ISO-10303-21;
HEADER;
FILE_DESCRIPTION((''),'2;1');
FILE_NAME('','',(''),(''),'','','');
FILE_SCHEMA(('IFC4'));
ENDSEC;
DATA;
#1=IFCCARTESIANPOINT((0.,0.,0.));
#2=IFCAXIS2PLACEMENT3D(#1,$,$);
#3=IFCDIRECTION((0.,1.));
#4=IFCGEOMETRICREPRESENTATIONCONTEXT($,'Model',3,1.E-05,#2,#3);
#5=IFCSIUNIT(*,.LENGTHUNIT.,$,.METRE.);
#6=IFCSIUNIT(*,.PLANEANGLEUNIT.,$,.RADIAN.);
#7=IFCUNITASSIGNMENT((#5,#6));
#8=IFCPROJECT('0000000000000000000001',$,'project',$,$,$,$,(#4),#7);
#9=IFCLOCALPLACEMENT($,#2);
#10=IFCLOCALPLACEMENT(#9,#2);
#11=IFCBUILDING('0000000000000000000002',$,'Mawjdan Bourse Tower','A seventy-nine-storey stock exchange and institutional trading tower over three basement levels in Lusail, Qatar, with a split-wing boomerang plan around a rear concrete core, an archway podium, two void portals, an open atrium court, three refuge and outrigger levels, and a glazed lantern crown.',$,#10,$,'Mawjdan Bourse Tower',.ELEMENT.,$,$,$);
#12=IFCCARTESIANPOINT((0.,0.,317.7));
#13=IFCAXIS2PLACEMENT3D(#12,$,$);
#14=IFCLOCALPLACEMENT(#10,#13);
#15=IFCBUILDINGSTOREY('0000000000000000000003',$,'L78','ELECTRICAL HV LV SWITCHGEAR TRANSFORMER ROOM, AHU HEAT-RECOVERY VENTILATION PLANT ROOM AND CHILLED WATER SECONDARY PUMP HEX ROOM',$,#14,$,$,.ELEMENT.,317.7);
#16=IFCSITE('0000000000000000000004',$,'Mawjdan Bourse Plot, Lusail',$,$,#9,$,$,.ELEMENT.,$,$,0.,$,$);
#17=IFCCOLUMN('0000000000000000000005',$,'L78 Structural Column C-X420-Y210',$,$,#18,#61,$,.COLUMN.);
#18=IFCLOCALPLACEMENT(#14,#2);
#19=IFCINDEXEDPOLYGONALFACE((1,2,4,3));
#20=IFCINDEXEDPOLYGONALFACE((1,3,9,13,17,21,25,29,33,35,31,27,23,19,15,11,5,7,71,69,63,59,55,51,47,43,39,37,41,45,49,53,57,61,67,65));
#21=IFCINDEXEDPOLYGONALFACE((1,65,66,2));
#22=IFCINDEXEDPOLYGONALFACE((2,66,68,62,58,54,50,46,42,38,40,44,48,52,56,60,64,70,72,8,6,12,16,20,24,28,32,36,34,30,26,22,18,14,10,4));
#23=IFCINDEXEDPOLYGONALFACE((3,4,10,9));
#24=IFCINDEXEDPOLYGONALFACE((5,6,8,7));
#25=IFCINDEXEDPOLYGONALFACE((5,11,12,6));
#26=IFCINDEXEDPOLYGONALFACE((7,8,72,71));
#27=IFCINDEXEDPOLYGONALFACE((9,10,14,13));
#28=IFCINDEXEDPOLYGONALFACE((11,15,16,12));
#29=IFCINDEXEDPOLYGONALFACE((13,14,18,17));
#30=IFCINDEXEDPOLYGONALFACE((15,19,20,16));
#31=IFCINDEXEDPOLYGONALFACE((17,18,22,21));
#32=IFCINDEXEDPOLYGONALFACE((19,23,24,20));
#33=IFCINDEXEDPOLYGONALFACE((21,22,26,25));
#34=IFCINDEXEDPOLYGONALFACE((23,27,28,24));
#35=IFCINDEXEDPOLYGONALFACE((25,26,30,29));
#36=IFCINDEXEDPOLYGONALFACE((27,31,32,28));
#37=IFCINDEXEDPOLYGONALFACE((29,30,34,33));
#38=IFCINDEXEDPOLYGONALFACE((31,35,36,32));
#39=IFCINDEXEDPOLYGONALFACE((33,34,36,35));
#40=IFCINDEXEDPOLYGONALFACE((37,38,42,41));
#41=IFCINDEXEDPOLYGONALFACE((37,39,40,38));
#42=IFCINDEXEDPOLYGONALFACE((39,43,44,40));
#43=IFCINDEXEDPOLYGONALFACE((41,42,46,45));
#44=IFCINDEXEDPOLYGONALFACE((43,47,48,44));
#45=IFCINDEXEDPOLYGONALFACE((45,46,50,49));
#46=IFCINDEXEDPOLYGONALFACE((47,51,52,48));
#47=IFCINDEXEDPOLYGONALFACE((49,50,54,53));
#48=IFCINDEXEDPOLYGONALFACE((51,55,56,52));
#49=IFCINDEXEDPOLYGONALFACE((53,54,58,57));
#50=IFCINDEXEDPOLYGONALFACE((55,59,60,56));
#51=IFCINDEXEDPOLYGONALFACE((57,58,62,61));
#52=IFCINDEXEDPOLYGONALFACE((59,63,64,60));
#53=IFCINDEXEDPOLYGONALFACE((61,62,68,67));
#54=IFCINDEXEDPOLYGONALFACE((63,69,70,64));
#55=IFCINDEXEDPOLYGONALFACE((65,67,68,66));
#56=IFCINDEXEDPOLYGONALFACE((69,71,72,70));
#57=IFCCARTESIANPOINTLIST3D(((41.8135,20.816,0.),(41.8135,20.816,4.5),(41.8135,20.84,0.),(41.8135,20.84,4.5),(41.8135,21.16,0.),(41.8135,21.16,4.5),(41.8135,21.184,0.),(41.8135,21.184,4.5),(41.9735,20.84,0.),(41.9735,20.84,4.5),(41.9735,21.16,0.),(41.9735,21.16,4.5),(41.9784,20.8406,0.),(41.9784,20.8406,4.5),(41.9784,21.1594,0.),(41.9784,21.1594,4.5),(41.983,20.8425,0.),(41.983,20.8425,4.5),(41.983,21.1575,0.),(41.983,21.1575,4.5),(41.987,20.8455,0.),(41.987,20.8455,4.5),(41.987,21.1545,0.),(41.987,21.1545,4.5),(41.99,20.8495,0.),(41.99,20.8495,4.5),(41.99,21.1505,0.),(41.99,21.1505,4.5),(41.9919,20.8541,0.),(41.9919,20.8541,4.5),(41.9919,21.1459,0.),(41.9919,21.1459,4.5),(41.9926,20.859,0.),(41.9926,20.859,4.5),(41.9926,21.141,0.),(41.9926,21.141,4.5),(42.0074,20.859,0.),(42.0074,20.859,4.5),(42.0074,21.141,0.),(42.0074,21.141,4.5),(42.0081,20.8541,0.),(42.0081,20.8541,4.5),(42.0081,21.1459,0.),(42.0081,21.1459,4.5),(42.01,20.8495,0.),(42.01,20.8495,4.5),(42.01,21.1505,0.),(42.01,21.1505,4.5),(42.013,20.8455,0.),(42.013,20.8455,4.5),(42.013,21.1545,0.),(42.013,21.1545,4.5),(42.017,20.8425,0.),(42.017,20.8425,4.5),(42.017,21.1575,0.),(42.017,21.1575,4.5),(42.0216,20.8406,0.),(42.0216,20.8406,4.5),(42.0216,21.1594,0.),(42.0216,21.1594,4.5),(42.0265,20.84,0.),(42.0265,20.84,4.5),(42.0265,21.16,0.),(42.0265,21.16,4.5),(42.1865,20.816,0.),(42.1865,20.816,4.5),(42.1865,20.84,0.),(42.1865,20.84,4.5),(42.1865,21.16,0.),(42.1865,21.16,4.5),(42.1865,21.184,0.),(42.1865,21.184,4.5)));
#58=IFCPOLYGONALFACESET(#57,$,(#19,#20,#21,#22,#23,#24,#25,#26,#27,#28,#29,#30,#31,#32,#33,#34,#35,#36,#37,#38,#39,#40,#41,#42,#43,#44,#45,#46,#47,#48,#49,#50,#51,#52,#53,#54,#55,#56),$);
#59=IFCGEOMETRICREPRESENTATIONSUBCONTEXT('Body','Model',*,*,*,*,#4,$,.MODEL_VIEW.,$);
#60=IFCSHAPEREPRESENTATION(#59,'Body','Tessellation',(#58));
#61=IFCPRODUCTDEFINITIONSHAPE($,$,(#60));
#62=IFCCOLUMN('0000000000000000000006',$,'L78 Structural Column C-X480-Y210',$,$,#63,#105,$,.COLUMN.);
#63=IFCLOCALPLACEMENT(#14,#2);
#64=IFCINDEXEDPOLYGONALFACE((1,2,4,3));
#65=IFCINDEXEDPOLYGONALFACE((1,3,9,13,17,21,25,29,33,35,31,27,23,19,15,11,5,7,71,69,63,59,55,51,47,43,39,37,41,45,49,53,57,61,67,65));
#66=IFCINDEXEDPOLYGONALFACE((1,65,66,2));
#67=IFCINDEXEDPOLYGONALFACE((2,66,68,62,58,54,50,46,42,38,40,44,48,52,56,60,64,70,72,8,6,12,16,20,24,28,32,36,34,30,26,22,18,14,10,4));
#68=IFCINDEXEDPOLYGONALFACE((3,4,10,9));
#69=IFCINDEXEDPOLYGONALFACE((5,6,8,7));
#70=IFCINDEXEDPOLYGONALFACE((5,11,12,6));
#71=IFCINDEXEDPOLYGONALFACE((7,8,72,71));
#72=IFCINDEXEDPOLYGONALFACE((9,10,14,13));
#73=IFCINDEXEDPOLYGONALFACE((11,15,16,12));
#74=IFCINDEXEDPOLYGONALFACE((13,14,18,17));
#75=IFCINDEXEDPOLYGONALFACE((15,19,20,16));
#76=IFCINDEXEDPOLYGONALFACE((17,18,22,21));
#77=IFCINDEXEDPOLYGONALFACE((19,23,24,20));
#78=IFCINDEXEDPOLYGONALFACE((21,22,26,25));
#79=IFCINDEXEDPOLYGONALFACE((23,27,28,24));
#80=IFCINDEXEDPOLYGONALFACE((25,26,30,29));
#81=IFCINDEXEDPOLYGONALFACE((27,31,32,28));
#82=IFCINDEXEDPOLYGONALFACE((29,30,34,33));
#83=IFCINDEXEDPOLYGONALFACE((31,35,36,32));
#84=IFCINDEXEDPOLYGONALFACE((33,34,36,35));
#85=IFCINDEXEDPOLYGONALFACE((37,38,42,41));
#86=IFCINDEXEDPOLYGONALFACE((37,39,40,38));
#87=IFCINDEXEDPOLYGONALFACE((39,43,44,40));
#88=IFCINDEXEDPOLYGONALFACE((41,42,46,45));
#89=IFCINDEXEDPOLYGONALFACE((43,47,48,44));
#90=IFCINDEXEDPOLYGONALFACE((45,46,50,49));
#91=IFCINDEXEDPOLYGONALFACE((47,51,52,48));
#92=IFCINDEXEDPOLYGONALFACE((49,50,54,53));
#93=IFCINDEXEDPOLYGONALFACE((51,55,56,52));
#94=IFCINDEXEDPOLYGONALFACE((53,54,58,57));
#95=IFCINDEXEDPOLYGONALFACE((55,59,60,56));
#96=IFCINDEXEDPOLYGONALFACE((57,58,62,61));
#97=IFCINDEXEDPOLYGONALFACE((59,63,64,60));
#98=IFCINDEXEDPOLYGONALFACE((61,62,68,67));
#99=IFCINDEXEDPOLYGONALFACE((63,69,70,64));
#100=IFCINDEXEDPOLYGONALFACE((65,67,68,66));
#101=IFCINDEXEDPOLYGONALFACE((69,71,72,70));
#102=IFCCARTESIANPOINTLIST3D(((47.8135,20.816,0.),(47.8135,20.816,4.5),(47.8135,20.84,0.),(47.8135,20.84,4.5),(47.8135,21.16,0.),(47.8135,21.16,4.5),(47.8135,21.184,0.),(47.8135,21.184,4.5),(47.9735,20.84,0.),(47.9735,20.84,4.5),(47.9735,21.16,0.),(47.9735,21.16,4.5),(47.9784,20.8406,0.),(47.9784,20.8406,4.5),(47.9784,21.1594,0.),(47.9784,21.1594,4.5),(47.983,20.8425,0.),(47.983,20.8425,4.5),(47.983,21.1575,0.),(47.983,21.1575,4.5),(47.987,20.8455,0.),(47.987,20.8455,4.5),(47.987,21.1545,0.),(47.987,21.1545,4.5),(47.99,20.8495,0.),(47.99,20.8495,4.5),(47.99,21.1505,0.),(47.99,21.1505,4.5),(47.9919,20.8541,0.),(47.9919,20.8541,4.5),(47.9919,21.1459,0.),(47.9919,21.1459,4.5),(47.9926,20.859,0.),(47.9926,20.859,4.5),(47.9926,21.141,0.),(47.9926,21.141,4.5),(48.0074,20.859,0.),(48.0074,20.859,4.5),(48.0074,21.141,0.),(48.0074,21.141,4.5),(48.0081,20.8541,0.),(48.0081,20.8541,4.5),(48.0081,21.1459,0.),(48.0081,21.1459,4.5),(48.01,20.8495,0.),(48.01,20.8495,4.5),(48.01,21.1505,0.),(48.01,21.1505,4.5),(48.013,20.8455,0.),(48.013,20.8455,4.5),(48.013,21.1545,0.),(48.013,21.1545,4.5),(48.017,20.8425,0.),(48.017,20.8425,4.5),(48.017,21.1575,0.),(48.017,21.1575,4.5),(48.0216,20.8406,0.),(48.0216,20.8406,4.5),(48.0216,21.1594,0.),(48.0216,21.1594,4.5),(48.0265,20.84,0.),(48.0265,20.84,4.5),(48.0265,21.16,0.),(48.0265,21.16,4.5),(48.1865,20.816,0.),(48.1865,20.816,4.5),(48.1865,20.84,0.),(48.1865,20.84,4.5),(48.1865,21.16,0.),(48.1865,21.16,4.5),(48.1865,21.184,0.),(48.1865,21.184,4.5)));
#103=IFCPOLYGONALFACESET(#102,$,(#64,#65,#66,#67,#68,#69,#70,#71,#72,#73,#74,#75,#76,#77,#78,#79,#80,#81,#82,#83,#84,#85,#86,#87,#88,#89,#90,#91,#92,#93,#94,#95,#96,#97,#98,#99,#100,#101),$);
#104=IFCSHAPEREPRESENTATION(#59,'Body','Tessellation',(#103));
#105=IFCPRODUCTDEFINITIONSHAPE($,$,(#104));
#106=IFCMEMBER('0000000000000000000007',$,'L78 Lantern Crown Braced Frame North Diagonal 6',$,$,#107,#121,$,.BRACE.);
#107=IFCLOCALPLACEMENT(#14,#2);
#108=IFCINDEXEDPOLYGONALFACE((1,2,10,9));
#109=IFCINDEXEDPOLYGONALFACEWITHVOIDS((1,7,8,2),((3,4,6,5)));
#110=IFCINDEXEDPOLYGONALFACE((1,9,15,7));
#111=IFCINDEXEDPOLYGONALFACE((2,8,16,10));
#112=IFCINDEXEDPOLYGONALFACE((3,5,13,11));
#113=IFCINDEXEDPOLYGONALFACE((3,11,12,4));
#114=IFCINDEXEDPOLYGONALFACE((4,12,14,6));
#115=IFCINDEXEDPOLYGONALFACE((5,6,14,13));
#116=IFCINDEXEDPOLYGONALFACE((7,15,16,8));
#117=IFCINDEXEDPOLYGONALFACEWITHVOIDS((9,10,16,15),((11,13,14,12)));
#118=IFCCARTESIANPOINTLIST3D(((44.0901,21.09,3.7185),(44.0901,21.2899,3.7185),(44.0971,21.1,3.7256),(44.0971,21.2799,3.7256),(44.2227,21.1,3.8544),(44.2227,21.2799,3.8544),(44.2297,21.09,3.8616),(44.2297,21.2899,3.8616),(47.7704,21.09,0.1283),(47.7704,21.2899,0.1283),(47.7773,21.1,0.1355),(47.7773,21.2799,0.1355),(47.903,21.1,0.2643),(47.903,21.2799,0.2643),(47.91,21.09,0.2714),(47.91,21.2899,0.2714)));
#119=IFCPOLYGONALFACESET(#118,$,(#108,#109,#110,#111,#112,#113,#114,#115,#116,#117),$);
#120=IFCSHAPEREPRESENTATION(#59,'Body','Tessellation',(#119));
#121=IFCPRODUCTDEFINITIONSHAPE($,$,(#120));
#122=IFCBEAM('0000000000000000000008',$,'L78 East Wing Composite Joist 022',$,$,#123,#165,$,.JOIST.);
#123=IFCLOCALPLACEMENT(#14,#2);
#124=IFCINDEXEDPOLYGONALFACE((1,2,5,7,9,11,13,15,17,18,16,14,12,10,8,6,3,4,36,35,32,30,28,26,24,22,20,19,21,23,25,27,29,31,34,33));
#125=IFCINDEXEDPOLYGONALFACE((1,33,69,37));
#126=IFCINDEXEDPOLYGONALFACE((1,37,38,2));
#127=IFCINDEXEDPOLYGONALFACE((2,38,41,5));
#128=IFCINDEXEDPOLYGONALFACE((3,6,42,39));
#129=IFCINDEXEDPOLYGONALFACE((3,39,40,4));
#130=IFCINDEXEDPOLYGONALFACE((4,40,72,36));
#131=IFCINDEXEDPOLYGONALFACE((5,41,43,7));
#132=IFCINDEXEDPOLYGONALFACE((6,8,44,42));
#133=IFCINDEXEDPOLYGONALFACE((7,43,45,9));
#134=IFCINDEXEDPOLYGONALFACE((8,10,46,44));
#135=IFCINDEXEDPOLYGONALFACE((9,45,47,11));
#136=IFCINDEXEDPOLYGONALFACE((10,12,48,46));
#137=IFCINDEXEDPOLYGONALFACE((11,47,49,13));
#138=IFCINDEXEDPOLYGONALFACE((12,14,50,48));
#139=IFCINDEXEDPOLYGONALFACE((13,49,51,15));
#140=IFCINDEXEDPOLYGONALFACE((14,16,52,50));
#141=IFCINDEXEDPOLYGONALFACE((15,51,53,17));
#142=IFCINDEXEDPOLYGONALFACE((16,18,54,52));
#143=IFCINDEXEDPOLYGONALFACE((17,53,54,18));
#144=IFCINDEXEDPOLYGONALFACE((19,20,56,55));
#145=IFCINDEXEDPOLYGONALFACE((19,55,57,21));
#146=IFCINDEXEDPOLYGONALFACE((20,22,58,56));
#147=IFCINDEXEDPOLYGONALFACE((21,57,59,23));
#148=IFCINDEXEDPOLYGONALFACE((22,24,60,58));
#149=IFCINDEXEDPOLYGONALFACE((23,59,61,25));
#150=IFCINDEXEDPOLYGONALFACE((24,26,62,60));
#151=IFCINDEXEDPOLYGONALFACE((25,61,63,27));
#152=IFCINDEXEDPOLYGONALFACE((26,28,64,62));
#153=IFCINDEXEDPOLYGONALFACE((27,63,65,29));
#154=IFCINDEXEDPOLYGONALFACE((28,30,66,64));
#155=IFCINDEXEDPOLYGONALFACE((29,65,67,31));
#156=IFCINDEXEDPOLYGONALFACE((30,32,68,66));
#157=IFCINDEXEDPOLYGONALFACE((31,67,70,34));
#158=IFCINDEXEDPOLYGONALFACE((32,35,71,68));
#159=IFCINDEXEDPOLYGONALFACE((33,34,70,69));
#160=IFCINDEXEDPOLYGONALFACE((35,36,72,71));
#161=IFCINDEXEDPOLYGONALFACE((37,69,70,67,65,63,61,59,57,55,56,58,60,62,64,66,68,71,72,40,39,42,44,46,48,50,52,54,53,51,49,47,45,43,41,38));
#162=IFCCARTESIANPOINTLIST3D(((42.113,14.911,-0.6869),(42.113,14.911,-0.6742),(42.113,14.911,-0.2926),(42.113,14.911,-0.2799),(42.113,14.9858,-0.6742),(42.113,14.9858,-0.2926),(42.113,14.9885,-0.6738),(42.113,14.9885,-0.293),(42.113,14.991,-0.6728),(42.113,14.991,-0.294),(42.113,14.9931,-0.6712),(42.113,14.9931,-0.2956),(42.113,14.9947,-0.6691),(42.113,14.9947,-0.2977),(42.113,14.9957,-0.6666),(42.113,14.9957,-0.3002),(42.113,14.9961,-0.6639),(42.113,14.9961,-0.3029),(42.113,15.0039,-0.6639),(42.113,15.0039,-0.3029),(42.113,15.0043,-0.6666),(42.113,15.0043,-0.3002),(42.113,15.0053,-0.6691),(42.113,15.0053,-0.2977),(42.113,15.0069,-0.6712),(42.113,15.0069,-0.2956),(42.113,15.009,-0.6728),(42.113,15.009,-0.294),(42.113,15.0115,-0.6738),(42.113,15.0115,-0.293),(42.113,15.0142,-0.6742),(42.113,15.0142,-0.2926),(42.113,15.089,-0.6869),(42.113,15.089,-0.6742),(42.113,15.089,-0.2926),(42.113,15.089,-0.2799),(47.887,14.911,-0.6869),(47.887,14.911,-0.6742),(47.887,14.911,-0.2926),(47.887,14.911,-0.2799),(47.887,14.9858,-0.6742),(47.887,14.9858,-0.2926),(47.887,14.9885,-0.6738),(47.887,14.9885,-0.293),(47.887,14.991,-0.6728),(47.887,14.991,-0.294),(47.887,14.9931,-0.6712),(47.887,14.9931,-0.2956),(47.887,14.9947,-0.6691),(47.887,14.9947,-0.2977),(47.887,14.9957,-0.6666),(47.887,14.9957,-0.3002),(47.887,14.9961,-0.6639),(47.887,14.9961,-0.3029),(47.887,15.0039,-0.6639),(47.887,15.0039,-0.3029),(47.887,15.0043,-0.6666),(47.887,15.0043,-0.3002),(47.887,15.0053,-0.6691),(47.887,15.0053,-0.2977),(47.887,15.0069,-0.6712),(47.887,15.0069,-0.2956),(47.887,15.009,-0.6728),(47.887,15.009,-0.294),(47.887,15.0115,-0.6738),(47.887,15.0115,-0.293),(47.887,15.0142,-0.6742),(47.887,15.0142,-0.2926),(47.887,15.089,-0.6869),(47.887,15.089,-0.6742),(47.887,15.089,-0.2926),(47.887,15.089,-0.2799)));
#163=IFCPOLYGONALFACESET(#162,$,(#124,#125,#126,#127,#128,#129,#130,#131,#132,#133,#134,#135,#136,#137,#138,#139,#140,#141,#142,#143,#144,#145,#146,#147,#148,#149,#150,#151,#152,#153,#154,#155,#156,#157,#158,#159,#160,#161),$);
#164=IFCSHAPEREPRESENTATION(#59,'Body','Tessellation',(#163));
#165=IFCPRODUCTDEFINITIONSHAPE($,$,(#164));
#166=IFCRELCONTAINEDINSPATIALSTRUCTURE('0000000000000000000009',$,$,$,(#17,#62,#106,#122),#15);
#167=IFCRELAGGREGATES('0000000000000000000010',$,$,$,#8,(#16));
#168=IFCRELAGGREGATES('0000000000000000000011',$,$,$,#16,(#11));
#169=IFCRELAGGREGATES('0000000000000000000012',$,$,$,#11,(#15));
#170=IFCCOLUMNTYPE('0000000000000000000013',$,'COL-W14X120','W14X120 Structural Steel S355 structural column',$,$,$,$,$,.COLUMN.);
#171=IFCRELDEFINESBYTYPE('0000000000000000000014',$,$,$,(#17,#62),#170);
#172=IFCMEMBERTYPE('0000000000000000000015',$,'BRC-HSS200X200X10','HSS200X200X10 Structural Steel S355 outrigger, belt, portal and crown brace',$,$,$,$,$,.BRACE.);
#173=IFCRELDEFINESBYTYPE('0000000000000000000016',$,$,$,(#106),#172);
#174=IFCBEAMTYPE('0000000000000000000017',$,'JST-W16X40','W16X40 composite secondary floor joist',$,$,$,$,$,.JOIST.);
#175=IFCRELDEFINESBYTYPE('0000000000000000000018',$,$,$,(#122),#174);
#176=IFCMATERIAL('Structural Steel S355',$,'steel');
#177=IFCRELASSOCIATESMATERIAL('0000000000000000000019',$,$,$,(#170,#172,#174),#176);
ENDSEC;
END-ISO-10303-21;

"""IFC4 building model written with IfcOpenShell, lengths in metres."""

from ifc_helpers import new_model, si_unit, direction, frame, origin, origin_2d, place, context, subcontext, project, spatial, hollow_rectangle, i_section, extrude, material, material_profile, profile_set, type_object, element, save


model = new_model("IFC4")

# Units and contexts
model_context = context("Model", 3, precision=1e-05, world=origin(), true_north=direction((0.0, 1.0)))
body_context = subcontext(model_context, "Body", "Model", "MODEL_VIEW")
ifc_project = project(units=[si_unit("LENGTHUNIT", "METRE"), si_unit("PLANEANGLEUNIT", "RADIAN")], contexts=[model_context])

# Site, building, storey
site_placement = place(None, origin())
site = spatial("IfcSite", under=ifc_project, at=site_placement, Name="Mawjdan Bourse Plot, Lusail", CompositionType="ELEMENT", RefElevation=0.0)
building_placement = place(site_placement, origin())
building = spatial("IfcBuilding", under=site, at=building_placement, Name="Mawjdan Bourse Tower", Description="A seventy-nine-storey stock exchange and institutional trading tower over three basement levels in Lusail, Qatar, with a split-wing boomerang plan around a rear concrete core, an archway podium, two void portals, an open atrium court, three refuge and outrigger levels, and a glazed lantern crown.", LongName="Mawjdan Bourse Tower", CompositionType="ELEMENT")
storey_placement = place(building_placement, frame((0.0, 0.0, 317.7)))
storey = spatial("IfcBuildingStorey", under=building, at=storey_placement, Name="L78", Description="ELECTRICAL HV LV SWITCHGEAR TRANSFORMER ROOM, AHU HEAT-RECOVERY VENTILATION PLANT ROOM AND CHILLED WATER SECONDARY PUMP HEX ROOM", CompositionType="ELEMENT", Elevation=317.7)

# Columns
ifc_material_1 = material(Name="Structural Steel S355", Category="steel")
ifc_material_profile_1 = material_profile(ifc_material_1, i_section(OverallWidth=0.373, OverallDepth=0.3679, WebThickness=0.0149, FlangeThickness=0.0239, FilletRadius=0.019, at=origin_2d()), Name="W14X120")
ifc_profile_set_1 = profile_set([ifc_material_profile_1], Name="Structural Steel S355")
column_type = type_object("IfcColumnType", Name="COL-W14X120", Description="W14X120 Structural Steel S355 structural column", PredefinedType="COLUMN", material=ifc_profile_set_1)
for number, where, z_axis, x_axis, name in (
    (1, (42.0, 21.0, 0.0), (0.0, 0.0, 1.0), (1.0, 0.0, 0.0), "L78 Structural Column C-X420-Y210"),
    (2, (48.0, 21.0, 0.0), (0.0, 0.0, 1.0), (1.0, 0.0, 0.0), "L78 Structural Column C-X480-Y210"),
):
    element("IfcColumn", number, at=place(storey_placement, frame(where, z_axis=z_axis, x_axis=x_axis)), inside=storey, type_object=column_type, Name=name, PredefinedType="COLUMN", context=body_context, shape_type="SweptSolid", body=[
        extrude(i_section(OverallWidth=0.373, OverallDepth=0.3679, WebThickness=0.0149, FlangeThickness=0.0239, FilletRadius=0.019, at=origin_2d()), origin(), (0.0, 0.0, 1.0), 4.5),
    ])

# Member
ifc_material_profile_2 = material_profile(ifc_material_1, hollow_rectangle(XDim=0.2, YDim=0.2, WallThickness=0.01, at=origin_2d()), Name="HSS200X200X10")
ifc_profile_set_2 = profile_set([ifc_material_profile_2], Name="Structural Steel S355")
member_type_1 = type_object("IfcMemberType", Name="BRC-HSS200X200X10", Description="HSS200X200X10 Structural Steel S355 outrigger, belt, portal and crown brace", PredefinedType="BRACE", material=ifc_profile_set_2)
member_1_placement = place(storey_placement, frame((44.1599, 21.1899, 3.79), z_axis=(0.715814, 0.0, -0.698291), x_axis=(0.0, 1.0, 0.0)))
element("IfcMember", 3, at=member_1_placement, inside=storey, type_object=member_type_1, Name="L78 Lantern Crown Braced Frame North Diagonal 6", PredefinedType="BRACE", context=body_context, shape_type="SweptSolid", body=[
    extrude(hollow_rectangle(XDim=0.2, YDim=0.2, WallThickness=0.01, at=origin_2d()), origin(), (0.0, 0.0, 1.0), 5.1414),
])

# Beam
ifc_material_profile_3 = material_profile(ifc_material_1, i_section(OverallWidth=0.178, OverallDepth=0.407, WebThickness=0.0078, FlangeThickness=0.0127, FilletRadius=0.0103, at=origin_2d()), Name="W16X40")
ifc_profile_set_3 = profile_set([ifc_material_profile_3], Name="Structural Steel S355")
beam_type_1 = type_object("IfcBeamType", Name="JST-W16X40", Description="W16X40 composite secondary floor joist", PredefinedType="JOIST", material=ifc_profile_set_3)
for number, where, z_axis, x_axis, name in (
    (4, (42.113, 15.0, -0.4834), (1.0, 0.0, 0.0), (0.0, 1.0, 0.0), "L78 East Wing Composite Joist 022"),
):
    element("IfcBeam", number, at=place(storey_placement, frame(where, z_axis=z_axis, x_axis=x_axis)), inside=storey, type_object=beam_type_1, Name=name, PredefinedType="JOIST", context=body_context, shape_type="SweptSolid", body=[
        extrude(i_section(OverallWidth=0.178, OverallDepth=0.407, WebThickness=0.0078, FlangeThickness=0.0127, FilletRadius=0.0103, at=origin_2d()), origin(), (0.0, 0.0, 1.0), 5.7739),
    ])

save(model, "model.ifc")
